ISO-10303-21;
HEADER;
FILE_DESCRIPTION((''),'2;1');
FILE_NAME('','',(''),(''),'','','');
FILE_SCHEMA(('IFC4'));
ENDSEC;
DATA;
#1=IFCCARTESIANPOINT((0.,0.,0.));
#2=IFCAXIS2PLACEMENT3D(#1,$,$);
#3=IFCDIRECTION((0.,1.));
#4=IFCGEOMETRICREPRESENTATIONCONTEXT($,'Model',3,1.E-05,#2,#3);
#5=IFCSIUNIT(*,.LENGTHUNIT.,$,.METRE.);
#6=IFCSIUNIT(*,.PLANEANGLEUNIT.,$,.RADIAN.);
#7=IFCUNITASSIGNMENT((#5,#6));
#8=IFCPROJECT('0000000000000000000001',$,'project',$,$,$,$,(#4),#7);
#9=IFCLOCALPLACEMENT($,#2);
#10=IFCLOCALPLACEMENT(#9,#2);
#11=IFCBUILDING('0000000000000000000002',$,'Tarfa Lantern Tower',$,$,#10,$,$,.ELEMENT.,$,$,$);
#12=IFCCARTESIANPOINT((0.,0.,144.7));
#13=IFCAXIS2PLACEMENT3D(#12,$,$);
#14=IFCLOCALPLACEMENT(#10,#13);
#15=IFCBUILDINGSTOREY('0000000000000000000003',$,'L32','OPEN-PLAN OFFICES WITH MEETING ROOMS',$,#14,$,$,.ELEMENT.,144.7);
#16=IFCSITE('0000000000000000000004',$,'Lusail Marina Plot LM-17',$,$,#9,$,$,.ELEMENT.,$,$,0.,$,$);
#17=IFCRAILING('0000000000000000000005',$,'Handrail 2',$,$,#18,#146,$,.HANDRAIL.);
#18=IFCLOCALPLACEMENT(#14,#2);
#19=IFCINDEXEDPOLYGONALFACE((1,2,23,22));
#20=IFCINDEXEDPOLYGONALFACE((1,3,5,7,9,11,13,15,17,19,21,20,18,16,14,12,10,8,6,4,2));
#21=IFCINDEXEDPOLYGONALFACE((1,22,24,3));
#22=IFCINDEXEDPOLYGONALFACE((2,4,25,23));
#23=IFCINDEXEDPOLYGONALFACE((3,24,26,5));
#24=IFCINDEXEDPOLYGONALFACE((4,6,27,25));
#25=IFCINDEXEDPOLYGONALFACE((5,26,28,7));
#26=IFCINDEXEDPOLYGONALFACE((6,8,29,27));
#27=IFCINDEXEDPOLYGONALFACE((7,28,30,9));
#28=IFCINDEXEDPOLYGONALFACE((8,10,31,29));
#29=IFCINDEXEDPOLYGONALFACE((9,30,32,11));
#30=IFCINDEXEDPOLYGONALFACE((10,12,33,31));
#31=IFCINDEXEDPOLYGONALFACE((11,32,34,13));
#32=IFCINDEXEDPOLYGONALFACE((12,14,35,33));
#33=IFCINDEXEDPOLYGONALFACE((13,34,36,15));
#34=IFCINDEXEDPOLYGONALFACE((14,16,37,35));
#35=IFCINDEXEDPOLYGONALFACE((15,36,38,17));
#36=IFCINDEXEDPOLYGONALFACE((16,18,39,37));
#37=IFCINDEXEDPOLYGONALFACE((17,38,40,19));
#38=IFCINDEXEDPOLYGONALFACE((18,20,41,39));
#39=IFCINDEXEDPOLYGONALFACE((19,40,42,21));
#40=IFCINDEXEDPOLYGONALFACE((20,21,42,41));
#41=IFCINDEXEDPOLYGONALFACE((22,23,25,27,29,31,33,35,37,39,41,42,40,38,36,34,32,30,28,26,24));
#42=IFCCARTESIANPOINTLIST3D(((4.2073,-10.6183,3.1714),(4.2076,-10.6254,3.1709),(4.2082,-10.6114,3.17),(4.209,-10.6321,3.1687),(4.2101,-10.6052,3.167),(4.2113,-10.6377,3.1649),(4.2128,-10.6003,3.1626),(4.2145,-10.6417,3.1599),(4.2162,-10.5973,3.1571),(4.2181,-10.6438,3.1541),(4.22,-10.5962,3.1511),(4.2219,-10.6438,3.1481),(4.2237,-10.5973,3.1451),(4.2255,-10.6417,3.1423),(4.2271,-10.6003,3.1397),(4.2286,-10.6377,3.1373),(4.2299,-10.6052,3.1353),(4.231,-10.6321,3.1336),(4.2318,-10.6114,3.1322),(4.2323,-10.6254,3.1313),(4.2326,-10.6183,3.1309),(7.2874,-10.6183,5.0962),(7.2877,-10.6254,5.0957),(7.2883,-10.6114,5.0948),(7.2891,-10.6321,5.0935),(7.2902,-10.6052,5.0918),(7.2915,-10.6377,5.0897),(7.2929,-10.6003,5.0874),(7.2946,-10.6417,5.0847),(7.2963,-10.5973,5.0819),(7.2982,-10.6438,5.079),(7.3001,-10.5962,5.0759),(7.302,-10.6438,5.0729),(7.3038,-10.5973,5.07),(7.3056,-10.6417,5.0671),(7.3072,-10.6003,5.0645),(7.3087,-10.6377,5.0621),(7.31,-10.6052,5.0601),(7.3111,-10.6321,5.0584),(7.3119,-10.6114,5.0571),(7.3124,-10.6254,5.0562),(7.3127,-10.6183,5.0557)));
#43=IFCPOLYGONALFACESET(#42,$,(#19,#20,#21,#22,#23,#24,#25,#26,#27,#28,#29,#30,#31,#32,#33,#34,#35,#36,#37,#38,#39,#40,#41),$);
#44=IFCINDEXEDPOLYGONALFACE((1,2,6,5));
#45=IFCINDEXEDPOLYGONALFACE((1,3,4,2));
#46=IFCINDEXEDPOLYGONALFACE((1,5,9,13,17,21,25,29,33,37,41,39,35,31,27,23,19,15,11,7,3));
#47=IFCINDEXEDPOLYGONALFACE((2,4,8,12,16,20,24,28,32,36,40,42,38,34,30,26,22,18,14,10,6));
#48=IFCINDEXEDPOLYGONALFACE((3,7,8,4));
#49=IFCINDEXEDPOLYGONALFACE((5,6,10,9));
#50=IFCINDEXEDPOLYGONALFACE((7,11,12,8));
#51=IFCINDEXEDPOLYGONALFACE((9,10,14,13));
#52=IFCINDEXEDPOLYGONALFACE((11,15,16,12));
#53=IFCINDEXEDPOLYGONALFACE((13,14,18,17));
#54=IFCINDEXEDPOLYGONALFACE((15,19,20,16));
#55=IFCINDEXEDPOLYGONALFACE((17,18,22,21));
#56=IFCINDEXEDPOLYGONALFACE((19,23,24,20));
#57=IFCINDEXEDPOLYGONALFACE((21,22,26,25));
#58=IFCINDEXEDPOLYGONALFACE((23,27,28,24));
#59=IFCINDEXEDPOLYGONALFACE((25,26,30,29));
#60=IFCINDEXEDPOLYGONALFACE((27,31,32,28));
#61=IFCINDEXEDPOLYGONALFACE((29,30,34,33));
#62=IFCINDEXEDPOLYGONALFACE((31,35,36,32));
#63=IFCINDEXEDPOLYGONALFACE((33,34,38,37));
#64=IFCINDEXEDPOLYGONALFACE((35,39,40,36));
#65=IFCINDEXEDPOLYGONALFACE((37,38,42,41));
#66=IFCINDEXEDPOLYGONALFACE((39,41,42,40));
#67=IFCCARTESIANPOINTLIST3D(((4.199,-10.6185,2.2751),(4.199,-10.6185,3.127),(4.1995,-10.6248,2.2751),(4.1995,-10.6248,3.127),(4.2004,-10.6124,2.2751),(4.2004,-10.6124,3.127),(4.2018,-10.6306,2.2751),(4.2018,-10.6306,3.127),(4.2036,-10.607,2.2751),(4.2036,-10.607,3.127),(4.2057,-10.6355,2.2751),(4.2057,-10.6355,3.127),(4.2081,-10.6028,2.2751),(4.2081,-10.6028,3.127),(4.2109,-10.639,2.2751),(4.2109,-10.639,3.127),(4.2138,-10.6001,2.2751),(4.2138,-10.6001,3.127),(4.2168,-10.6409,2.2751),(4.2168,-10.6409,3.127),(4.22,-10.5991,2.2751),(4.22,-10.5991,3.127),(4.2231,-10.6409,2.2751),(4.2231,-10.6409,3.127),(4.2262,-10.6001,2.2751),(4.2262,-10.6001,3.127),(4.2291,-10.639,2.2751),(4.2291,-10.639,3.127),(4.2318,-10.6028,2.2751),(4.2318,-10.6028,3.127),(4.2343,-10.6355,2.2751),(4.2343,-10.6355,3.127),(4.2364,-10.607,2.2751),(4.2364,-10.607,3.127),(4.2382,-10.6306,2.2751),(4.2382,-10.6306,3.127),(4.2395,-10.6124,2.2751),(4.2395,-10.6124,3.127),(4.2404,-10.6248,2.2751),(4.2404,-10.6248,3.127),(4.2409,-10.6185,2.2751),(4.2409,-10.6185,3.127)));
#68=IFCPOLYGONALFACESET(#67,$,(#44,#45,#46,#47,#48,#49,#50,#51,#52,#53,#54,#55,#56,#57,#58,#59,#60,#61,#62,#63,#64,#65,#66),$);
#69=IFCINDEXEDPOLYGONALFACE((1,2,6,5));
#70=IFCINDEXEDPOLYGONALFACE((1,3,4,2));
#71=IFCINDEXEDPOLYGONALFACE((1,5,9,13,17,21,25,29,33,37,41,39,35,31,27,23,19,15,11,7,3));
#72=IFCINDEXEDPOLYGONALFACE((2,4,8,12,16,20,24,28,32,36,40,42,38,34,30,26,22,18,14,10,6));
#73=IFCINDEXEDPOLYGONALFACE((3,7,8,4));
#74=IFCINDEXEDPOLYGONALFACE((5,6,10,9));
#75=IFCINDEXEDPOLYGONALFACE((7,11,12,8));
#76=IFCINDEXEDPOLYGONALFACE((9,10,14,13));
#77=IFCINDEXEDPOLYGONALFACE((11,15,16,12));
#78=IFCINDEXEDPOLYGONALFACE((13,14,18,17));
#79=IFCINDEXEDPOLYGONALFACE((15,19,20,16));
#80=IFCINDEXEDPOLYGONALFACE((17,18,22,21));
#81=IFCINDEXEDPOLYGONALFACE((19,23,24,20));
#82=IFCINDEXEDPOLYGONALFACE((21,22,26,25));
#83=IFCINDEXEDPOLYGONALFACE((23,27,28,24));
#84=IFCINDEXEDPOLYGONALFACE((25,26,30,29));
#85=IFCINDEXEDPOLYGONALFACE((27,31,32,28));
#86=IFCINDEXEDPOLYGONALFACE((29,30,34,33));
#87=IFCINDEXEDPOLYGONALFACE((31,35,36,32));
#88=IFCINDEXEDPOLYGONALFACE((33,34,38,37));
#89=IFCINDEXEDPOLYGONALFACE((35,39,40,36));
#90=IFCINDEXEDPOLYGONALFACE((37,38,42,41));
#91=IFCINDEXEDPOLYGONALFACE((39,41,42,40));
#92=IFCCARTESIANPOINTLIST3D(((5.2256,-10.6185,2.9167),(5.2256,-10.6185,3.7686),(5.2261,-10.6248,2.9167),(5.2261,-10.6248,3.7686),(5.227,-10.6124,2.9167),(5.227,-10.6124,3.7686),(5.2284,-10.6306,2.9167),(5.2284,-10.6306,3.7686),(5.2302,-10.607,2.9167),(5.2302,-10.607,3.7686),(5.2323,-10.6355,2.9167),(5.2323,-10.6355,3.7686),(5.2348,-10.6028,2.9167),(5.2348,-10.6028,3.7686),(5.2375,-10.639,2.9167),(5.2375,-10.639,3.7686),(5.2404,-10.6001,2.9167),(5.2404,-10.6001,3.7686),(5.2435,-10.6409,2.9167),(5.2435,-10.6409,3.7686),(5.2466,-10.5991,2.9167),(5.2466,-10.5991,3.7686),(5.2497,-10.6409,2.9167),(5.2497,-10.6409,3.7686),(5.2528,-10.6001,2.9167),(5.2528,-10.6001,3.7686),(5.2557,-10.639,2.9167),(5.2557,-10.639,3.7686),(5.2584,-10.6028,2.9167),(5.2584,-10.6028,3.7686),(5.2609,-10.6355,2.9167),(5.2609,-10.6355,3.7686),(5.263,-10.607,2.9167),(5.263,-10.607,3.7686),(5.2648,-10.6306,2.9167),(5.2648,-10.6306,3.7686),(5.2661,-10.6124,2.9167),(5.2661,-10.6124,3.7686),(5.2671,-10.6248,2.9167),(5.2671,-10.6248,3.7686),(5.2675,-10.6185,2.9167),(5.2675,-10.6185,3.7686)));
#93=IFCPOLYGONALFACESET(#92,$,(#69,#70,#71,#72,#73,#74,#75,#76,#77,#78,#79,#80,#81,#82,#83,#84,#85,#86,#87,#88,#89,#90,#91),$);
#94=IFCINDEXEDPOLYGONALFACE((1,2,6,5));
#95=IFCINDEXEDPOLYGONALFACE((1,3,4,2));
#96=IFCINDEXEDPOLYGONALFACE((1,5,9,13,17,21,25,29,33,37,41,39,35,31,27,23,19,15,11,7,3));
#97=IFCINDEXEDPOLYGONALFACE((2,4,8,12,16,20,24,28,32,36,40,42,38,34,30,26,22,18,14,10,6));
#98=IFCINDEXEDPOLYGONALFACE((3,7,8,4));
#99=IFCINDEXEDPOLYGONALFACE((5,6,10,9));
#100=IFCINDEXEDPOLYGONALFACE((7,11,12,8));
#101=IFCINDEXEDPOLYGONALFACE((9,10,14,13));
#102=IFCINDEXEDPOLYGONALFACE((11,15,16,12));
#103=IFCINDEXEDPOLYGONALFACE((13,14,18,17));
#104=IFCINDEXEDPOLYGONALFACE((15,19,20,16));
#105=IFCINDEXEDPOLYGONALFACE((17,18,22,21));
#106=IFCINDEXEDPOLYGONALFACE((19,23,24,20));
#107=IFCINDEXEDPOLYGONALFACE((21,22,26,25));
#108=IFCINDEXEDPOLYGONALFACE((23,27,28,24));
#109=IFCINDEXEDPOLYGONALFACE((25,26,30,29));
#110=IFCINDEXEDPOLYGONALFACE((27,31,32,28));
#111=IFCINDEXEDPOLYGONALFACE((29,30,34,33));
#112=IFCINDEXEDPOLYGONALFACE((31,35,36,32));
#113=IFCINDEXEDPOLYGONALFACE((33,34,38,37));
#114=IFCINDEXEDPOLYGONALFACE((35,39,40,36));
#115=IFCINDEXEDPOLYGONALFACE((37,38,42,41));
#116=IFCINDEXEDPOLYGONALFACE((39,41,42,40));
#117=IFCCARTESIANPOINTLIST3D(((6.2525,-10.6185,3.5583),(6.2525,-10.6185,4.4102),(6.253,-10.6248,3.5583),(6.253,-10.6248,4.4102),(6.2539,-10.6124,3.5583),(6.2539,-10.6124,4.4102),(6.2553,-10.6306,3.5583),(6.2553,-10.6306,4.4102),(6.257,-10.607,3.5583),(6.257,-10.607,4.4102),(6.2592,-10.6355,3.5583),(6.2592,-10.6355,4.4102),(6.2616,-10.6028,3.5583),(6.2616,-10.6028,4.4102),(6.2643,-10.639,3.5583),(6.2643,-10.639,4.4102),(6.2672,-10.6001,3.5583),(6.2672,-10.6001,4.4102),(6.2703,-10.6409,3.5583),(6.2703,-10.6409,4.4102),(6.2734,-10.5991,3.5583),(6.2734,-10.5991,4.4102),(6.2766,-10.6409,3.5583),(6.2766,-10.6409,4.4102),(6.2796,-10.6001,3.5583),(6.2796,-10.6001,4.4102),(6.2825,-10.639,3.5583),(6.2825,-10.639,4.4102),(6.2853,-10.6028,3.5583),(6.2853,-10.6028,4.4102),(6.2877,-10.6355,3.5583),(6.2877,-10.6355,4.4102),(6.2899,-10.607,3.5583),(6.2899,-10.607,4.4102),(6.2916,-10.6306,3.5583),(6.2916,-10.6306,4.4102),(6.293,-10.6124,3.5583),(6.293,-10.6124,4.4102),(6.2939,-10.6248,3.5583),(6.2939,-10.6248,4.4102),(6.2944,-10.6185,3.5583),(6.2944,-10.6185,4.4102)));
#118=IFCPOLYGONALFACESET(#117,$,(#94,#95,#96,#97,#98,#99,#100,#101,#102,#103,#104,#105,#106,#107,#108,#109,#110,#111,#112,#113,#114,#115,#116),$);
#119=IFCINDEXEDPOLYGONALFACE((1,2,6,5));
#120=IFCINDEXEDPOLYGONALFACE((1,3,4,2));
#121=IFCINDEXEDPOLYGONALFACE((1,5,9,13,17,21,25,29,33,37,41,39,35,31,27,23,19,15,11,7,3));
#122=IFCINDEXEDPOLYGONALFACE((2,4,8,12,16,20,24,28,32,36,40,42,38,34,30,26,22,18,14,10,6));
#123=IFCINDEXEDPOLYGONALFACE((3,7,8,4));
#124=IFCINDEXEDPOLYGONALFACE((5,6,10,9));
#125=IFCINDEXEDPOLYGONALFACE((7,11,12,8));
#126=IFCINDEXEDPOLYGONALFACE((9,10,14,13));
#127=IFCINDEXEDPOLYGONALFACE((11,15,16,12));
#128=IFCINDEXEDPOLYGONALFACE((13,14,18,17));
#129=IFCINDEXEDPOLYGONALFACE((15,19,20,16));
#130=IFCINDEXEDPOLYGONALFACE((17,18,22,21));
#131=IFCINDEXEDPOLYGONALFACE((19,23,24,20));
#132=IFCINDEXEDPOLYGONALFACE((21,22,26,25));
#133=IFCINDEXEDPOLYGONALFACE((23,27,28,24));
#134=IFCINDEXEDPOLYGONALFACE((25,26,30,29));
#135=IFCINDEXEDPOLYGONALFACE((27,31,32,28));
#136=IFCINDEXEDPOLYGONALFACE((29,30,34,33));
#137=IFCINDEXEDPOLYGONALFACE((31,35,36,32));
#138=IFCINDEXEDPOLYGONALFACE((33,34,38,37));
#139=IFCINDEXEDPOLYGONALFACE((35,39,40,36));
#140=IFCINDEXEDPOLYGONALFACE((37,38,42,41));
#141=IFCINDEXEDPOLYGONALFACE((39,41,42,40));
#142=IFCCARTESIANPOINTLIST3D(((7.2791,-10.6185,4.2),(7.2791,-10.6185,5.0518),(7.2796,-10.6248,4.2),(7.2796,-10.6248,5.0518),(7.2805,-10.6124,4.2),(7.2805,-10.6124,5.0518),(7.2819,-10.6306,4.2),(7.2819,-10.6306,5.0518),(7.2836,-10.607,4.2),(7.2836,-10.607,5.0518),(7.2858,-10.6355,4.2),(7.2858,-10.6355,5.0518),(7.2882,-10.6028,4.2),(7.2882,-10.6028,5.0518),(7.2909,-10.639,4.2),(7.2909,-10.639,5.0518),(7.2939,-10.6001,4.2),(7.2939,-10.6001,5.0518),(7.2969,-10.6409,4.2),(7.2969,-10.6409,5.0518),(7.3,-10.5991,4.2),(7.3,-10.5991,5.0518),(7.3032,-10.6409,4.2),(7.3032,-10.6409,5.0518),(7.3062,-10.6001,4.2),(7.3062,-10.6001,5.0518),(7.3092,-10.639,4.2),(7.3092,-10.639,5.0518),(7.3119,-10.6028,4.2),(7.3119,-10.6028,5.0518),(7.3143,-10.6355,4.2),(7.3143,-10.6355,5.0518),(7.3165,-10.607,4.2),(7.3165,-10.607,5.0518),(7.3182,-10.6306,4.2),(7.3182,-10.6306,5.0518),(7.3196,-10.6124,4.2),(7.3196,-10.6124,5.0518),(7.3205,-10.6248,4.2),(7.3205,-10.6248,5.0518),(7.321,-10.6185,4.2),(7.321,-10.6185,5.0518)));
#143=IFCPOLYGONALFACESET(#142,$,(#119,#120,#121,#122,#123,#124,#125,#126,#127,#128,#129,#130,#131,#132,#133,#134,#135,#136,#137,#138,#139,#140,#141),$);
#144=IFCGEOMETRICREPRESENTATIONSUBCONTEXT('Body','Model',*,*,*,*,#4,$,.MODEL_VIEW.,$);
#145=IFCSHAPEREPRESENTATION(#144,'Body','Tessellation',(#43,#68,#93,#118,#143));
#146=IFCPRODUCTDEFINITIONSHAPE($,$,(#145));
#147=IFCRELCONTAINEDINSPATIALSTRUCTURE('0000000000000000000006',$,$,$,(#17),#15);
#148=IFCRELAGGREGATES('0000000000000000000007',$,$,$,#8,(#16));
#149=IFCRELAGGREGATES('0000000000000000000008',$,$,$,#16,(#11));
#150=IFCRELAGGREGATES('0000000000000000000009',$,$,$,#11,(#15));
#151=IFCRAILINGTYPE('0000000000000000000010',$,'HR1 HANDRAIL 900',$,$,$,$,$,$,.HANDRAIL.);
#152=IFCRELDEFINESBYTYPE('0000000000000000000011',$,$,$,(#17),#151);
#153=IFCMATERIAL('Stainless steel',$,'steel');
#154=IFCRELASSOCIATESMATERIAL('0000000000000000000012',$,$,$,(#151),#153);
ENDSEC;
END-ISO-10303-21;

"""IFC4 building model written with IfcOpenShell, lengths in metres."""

from ifc_helpers import new_model, si_unit, direction, frame, origin, origin_2d, place, context, subcontext, project, spatial, circle, extrude, material, type_object, element, save


model = new_model("IFC4")

# Units and contexts
model_context = context("Model", 3, precision=1e-05, world=origin(), true_north=direction((0.0, 1.0)))
body_context = subcontext(model_context, "Body", "Model", "MODEL_VIEW")
ifc_project = project(units=[si_unit("LENGTHUNIT", "METRE"), si_unit("PLANEANGLEUNIT", "RADIAN")], contexts=[model_context])

# Site, building, storey
site_placement = place(None, origin())
site = spatial("IfcSite", under=ifc_project, at=site_placement, Name="Lusail Marina Plot LM-17", CompositionType="ELEMENT", RefElevation=0.0)
building_placement = place(site_placement, origin())
building = spatial("IfcBuilding", under=site, at=building_placement, Name="Tarfa Lantern Tower", CompositionType="ELEMENT")
storey_placement = place(building_placement, frame((0.0, 0.0, 144.7)))
storey = spatial("IfcBuildingStorey", under=building, at=storey_placement, Name="L32", Description="OPEN-PLAN OFFICES WITH MEETING ROOMS", CompositionType="ELEMENT", Elevation=144.7)

# Railing
ifc_material_1 = material(Name="Stainless steel", Category="steel")
railing_type = type_object("IfcRailingType", Name="HR1 HANDRAIL 900", PredefinedType="HANDRAIL", material=ifc_material_1)
railing_1_placement = place(storey_placement, frame((4.22, -10.6201, 2.2751)))
element("IfcRailing", 1, at=railing_1_placement, inside=storey, type_object=railing_type, Name="Handrail 2", PredefinedType="HANDRAIL", context=body_context, shape_type="SweptSolid", body=[
    extrude(circle(Radius=0.0239, at=origin_2d()), frame((0.0, 0.0, 0.876), z_axis=(0.848029, 0.0, 0.529951), x_axis=(0.0, 1.0, 0.0)), (0.0, 0.0, 1.0), 3.6321),
    extrude(circle(Radius=0.021, at=origin_2d()), frame((0.0, 0.0, 0.0), z_axis=(0.0, 0.0, 1.0), x_axis=(0.0, 1.0, 0.0)), (0.0, 0.0, 1.0), 0.8518),
    extrude(circle(Radius=0.021, at=origin_2d()), frame((1.0266, 0.0, 0.6416), z_axis=(0.0, 0.0, 1.0), x_axis=(0.0, 1.0, 0.0)), (0.0, 0.0, 1.0), 0.8518),
    extrude(circle(Radius=0.021, at=origin_2d()), frame((2.0535, 0.0, 1.2832), z_axis=(0.0, 0.0, 1.0), x_axis=(0.0, 1.0, 0.0)), (0.0, 0.0, 1.0), 0.8518),
    extrude(circle(Radius=0.021, at=origin_2d()), frame((3.0801, 0.0, 1.9248), z_axis=(0.0, 0.0, 1.0), x_axis=(0.0, 1.0, 0.0)), (0.0, 0.0, 1.0), 0.8518),
])

save(model, "model.ifc")
